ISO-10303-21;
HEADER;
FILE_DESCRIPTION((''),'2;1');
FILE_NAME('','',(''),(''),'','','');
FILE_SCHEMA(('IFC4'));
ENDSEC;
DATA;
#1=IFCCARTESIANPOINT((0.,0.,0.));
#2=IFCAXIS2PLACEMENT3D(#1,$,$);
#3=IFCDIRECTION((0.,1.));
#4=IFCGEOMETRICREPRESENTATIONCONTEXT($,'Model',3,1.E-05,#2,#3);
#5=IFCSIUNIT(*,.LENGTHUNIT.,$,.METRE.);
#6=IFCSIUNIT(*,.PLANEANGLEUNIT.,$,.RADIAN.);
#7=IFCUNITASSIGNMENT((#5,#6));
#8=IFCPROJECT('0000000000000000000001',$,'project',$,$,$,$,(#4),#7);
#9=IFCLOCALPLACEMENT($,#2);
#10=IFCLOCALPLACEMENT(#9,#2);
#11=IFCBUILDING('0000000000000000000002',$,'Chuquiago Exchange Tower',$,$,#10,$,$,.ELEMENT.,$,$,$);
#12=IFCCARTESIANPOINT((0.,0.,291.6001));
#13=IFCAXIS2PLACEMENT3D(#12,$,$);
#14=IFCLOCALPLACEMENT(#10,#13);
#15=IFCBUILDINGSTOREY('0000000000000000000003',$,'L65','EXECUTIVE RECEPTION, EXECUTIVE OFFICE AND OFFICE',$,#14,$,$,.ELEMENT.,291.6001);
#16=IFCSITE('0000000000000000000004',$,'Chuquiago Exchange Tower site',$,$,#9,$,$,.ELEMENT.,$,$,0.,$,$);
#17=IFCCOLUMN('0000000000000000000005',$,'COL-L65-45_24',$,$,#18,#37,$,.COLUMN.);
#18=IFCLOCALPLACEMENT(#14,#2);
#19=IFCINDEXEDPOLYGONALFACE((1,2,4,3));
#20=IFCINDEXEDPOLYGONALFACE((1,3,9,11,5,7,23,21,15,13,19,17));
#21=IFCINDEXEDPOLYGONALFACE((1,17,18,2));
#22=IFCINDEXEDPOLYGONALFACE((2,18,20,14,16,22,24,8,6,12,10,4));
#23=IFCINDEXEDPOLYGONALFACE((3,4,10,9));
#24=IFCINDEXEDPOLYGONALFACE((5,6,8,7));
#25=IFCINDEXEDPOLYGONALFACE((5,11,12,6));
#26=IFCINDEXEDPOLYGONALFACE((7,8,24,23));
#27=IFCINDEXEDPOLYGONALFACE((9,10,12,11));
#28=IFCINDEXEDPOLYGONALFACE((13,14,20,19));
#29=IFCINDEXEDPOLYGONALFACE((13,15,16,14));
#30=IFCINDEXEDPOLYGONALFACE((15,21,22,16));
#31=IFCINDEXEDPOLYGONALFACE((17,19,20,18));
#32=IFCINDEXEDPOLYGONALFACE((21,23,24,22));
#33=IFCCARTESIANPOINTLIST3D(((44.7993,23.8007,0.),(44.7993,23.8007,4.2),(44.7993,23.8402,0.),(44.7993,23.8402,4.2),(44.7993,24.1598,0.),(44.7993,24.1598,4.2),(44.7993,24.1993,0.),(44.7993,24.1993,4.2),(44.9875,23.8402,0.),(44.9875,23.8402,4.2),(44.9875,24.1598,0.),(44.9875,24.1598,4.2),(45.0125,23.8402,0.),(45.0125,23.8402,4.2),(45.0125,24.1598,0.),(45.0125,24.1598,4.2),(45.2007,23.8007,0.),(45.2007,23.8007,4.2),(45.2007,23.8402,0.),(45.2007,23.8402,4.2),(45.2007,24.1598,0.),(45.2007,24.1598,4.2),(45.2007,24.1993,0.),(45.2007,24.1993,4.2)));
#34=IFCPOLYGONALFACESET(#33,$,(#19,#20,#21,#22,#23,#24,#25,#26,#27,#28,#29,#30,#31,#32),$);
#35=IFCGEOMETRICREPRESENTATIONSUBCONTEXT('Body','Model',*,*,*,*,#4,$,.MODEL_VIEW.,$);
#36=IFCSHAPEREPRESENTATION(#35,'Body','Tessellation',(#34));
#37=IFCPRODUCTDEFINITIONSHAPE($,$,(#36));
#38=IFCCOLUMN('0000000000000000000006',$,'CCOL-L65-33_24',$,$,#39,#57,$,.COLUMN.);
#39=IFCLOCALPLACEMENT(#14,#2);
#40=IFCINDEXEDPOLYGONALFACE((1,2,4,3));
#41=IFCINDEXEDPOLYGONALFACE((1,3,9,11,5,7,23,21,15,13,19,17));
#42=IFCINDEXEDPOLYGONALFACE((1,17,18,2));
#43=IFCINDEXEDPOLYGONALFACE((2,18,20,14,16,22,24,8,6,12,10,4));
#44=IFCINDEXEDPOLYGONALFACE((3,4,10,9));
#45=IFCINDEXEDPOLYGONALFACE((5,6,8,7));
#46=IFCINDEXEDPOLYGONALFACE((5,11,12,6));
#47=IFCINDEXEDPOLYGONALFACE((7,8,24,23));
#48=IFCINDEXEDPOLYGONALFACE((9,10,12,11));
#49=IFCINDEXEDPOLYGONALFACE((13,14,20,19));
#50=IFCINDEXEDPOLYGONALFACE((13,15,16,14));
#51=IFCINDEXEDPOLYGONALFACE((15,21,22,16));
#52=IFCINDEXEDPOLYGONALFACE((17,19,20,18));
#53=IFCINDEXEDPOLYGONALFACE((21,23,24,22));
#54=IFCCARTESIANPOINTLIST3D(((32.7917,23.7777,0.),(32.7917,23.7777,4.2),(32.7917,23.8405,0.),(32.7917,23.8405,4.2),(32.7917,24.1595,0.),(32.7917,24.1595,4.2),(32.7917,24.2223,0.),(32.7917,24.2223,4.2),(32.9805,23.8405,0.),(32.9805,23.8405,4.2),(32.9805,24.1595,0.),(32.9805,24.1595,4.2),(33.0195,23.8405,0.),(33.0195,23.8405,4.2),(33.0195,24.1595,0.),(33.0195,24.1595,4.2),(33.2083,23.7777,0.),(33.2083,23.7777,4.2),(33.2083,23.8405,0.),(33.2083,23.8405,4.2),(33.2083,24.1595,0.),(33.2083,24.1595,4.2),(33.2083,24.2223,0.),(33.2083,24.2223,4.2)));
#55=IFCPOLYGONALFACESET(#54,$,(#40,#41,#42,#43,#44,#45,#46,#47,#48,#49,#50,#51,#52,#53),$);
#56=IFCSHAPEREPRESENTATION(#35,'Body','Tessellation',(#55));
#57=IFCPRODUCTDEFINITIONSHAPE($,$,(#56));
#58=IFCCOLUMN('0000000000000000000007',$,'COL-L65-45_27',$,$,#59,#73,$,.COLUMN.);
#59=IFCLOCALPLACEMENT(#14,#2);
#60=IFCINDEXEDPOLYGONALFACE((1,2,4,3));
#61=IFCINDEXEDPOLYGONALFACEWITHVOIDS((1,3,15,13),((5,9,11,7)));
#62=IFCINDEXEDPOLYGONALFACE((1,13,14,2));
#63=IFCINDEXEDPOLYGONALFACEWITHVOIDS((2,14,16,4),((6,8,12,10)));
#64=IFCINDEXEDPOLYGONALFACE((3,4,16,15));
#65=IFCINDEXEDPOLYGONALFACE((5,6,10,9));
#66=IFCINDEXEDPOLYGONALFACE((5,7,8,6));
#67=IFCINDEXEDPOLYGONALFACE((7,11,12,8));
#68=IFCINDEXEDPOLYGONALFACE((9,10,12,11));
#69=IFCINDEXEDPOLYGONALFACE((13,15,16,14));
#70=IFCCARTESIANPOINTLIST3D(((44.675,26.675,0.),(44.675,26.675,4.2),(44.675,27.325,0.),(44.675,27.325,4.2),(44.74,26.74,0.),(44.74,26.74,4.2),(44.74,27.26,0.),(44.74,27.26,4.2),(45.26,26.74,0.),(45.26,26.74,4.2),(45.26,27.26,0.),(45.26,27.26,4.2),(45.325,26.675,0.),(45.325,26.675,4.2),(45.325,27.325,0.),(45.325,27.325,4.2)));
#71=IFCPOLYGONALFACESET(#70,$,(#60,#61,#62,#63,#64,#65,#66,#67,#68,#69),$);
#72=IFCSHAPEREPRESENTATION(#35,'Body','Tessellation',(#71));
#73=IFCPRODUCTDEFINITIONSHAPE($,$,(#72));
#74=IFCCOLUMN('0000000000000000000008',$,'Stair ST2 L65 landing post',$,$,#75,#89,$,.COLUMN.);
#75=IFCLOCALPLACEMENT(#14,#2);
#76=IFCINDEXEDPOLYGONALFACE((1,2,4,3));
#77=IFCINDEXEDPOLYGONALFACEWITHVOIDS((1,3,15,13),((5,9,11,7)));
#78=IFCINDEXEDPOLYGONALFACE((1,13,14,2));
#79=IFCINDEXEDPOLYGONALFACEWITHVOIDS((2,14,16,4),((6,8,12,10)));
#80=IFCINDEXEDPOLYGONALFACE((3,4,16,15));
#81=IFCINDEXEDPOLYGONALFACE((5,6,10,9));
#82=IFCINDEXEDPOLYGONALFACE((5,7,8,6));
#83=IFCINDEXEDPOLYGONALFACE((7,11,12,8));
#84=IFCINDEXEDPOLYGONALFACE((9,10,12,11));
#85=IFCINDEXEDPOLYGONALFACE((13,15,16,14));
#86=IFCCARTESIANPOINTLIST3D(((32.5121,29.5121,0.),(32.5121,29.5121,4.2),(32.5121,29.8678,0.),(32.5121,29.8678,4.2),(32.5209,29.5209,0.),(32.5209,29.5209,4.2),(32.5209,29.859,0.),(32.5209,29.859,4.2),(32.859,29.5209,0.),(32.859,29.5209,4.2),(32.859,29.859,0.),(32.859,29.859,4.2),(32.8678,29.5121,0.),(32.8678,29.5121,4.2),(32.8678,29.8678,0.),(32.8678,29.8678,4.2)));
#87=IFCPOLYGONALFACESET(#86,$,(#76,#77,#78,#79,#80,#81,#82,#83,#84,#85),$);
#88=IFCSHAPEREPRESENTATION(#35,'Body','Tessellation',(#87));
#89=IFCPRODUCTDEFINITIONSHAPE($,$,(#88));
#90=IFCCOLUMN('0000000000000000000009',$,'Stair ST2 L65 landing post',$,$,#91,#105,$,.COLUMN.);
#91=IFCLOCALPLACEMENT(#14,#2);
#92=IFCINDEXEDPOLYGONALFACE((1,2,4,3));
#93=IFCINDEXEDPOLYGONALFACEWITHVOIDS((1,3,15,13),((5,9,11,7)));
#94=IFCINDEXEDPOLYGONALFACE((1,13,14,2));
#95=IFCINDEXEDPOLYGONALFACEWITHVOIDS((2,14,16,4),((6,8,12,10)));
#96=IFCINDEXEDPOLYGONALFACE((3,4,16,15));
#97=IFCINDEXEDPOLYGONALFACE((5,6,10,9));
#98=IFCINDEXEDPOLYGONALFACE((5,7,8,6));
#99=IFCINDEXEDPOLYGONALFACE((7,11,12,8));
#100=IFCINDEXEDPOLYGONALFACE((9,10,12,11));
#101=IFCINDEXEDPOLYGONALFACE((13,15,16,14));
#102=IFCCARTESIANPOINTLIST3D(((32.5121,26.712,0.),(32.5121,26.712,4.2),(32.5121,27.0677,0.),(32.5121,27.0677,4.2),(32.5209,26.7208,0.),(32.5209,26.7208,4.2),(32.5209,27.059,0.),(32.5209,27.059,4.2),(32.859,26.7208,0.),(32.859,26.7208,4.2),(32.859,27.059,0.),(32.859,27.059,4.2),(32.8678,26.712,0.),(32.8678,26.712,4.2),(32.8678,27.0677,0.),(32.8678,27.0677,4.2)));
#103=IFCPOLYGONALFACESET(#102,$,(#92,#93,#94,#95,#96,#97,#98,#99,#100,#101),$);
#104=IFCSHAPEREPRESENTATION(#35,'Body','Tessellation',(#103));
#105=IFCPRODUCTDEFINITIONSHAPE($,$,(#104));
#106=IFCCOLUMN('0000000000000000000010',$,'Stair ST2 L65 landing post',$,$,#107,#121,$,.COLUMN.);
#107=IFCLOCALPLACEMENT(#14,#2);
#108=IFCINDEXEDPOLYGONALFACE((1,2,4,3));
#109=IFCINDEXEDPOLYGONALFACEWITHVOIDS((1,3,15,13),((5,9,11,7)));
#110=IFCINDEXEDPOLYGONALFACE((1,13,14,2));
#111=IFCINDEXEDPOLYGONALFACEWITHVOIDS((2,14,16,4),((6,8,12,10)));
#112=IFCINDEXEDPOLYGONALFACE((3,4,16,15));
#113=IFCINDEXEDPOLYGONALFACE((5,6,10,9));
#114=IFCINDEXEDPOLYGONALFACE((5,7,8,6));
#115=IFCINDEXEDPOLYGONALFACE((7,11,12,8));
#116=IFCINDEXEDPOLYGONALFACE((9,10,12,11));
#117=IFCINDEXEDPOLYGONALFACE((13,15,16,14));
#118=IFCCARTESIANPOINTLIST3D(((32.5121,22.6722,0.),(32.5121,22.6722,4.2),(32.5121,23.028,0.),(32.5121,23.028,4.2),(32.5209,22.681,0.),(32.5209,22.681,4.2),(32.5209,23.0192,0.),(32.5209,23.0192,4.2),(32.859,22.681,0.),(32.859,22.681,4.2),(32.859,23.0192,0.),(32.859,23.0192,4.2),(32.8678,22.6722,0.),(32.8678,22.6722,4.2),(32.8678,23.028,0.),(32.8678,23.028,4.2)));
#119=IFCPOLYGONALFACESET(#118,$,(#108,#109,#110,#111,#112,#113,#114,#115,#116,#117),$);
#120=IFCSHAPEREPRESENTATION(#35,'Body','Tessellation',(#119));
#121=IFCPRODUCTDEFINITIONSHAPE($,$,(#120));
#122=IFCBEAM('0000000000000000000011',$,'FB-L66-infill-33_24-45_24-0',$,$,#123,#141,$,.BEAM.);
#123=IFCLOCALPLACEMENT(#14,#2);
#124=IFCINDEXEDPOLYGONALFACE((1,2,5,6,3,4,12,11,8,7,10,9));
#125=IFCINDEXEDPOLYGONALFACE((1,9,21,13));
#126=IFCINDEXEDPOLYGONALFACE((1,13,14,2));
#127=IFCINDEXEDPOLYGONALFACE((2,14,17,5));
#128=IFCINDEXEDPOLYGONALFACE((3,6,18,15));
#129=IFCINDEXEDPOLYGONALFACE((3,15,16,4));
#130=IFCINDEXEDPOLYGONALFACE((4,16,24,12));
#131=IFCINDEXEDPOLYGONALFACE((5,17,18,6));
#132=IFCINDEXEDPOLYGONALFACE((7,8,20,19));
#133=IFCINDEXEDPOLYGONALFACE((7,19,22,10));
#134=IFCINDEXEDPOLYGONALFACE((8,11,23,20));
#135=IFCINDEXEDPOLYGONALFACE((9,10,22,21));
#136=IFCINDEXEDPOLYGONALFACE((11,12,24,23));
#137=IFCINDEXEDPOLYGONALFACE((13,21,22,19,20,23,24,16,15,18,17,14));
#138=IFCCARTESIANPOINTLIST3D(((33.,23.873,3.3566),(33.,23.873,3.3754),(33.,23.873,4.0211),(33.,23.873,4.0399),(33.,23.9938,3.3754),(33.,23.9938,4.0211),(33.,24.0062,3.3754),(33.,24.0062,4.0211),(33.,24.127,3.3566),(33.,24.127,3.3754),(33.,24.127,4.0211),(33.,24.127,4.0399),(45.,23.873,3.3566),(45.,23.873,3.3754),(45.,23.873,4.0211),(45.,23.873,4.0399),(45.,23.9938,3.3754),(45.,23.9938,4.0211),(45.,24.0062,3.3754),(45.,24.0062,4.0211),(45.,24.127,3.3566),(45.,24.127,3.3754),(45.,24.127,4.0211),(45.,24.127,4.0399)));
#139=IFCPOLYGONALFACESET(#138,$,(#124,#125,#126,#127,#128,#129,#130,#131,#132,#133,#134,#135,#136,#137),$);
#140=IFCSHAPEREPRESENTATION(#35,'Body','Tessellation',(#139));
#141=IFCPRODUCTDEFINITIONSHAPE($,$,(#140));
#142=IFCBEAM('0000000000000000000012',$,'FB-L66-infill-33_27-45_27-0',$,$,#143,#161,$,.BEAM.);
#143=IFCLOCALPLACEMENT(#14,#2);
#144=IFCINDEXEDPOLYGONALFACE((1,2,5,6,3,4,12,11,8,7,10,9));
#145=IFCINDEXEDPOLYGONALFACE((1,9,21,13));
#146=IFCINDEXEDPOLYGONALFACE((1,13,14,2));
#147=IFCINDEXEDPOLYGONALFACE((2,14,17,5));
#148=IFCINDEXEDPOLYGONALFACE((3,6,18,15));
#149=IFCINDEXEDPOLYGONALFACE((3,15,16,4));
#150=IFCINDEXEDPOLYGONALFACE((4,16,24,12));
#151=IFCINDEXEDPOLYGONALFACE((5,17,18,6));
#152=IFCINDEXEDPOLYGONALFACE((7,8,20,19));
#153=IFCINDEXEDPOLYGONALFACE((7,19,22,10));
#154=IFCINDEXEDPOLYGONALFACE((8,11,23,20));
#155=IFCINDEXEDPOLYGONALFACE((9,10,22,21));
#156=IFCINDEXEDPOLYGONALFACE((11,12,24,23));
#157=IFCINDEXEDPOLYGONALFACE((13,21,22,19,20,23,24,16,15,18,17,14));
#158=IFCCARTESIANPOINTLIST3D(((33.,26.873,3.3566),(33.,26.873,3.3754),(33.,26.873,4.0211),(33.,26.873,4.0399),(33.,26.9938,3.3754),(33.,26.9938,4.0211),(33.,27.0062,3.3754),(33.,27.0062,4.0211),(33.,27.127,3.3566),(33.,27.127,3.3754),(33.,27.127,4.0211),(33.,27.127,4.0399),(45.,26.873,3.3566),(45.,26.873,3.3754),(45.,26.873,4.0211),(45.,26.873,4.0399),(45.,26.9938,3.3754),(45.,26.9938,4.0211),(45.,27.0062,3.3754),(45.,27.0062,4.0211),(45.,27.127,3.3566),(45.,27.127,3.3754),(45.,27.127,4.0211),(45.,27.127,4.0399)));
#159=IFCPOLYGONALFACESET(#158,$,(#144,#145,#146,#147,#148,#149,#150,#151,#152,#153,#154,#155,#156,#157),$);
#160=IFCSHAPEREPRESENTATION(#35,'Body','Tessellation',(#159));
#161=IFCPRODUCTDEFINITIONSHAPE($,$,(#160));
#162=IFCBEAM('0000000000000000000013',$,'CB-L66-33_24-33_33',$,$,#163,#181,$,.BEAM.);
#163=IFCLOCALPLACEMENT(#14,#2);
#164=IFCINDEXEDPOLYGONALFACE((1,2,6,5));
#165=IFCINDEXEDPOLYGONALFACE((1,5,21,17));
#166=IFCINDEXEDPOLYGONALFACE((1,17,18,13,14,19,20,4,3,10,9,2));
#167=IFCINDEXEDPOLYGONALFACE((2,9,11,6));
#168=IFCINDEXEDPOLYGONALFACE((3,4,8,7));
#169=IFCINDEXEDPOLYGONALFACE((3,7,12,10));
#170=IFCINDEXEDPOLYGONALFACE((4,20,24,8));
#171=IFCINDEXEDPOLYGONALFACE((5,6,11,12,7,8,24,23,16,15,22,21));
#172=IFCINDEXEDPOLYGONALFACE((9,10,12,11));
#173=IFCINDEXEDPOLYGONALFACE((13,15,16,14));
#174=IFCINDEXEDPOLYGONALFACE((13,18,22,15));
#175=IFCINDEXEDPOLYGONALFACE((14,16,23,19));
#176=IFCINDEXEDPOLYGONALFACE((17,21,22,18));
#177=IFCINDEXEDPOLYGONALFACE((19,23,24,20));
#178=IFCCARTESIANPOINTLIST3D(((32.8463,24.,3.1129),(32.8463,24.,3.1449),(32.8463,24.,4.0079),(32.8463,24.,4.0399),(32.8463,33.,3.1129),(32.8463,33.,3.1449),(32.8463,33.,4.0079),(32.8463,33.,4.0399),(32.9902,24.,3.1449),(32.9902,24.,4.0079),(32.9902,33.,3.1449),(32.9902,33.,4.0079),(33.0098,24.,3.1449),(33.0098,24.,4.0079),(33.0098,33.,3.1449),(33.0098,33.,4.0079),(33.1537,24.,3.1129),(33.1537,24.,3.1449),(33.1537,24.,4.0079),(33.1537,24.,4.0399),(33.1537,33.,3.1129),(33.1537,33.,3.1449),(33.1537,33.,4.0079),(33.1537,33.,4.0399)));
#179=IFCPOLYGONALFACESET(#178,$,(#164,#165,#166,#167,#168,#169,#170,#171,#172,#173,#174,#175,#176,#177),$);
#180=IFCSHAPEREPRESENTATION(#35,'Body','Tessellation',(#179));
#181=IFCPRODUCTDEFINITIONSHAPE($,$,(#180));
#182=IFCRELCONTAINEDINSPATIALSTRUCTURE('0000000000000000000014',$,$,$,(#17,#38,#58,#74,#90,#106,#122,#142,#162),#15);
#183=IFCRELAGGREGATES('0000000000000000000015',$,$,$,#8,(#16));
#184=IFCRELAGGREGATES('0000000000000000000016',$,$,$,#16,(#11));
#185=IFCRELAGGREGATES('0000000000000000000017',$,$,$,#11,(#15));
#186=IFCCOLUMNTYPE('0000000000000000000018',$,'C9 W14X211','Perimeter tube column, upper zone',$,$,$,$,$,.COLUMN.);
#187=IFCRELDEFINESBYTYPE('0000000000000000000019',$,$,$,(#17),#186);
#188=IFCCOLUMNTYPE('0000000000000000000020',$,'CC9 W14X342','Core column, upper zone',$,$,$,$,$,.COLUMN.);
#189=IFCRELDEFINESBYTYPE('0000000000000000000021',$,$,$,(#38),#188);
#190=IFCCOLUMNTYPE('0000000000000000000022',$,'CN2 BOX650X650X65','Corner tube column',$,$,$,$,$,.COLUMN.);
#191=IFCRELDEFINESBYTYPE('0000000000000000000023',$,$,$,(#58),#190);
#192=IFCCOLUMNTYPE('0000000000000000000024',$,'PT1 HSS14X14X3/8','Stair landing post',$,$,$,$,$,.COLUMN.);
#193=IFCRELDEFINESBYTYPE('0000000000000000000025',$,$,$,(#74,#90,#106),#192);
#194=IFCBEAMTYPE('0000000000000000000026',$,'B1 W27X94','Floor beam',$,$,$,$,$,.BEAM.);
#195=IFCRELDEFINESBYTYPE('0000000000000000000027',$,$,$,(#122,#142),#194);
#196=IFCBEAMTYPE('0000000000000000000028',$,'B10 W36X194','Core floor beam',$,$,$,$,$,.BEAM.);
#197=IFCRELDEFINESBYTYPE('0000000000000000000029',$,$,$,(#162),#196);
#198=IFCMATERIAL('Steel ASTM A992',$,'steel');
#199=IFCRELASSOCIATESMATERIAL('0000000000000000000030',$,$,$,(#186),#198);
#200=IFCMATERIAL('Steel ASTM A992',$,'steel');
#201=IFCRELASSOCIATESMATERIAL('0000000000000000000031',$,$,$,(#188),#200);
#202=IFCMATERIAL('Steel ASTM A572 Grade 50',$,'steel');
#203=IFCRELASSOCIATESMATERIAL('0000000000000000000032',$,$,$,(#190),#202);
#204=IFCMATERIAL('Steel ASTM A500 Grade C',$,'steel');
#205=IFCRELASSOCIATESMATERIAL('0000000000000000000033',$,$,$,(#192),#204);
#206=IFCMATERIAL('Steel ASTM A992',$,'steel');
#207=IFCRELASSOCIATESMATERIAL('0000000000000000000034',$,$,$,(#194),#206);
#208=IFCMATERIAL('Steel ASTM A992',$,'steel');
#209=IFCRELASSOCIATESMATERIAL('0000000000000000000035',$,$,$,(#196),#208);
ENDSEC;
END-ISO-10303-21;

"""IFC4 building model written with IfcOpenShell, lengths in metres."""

from ifc_helpers import new_model, si_unit, direction, frame, origin, origin_2d, place, context, subcontext, project, spatial, hollow_rectangle, i_section, extrude, material, material_profile, profile_set, type_object, element, save


model = new_model("IFC4")

# Units and contexts
model_context = context("Model", 3, precision=1e-05, world=origin(), true_north=direction((0.0, 1.0)))
body_context = subcontext(model_context, "Body", "Model", "MODEL_VIEW")
ifc_project = project(units=[si_unit("LENGTHUNIT", "METRE"), si_unit("PLANEANGLEUNIT", "RADIAN")], contexts=[model_context])

# Site, building, storey
site_placement = place(None, origin())
site = spatial("IfcSite", under=ifc_project, at=site_placement, Name="Chuquiago Exchange Tower site", CompositionType="ELEMENT", RefElevation=0.0)
building_placement = place(site_placement, origin())
building = spatial("IfcBuilding", under=site, at=building_placement, Name="Chuquiago Exchange Tower", CompositionType="ELEMENT")
storey_placement = place(building_placement, frame((0.0, 0.0, 291.6001)))
storey = spatial("IfcBuildingStorey", under=building, at=storey_placement, Name="L65", Description="EXECUTIVE RECEPTION, EXECUTIVE OFFICE AND OFFICE", CompositionType="ELEMENT", Elevation=291.6001)

# Columns
ifc_material_1 = material(Name="Steel ASTM A992", Category="steel")
ifc_material_profile_1 = material_profile(ifc_material_1, i_section(OverallWidth=0.4014, OverallDepth=0.3987, WebThickness=0.0249, FlangeThickness=0.0396, at=origin_2d()), Name="W14X211")
ifc_profile_set_1 = profile_set([ifc_material_profile_1], Name="Steel ASTM A992")
column_type_1 = type_object("IfcColumnType", Name="C9 W14X211", Description="Perimeter tube column, upper zone", PredefinedType="COLUMN", material=ifc_profile_set_1)
column_1_placement = place(storey_placement, frame((45.0, 24.0, 0.0), z_axis=(0.0, 0.0, 1.0), x_axis=(1.0, 0.0, 0.0)))
element("IfcColumn", 1, at=column_1_placement, inside=storey, type_object=column_type_1, Name="COL-L65-45_24", PredefinedType="COLUMN", context=body_context, shape_type="SweptSolid", body=[
    extrude(i_section(OverallWidth=0.4014, OverallDepth=0.3987, WebThickness=0.0249, FlangeThickness=0.0396, at=origin_2d()), origin(), (0.0, 0.0, 1.0), 4.2),
])
ifc_material_2 = material(Name="Steel ASTM A992", Category="steel")
ifc_material_profile_2 = material_profile(ifc_material_2, i_section(OverallWidth=0.4165, OverallDepth=0.4446, WebThickness=0.0391, FlangeThickness=0.0627, at=origin_2d()), Name="W14X342")
ifc_profile_set_2 = profile_set([ifc_material_profile_2], Name="Steel ASTM A992")
column_type_2 = type_object("IfcColumnType", Name="CC9 W14X342", Description="Core column, upper zone", PredefinedType="COLUMN", material=ifc_profile_set_2)
column_2_placement = place(storey_placement, frame((33.0, 24.0, 0.0), z_axis=(0.0, 0.0, 1.0), x_axis=(1.0, 0.0, 0.0)))
element("IfcColumn", 2, at=column_2_placement, inside=storey, type_object=column_type_2, Name="CCOL-L65-33_24", PredefinedType="COLUMN", context=body_context, shape_type="SweptSolid", body=[
    extrude(i_section(OverallWidth=0.4165, OverallDepth=0.4446, WebThickness=0.0391, FlangeThickness=0.0627, at=origin_2d()), origin(), (0.0, 0.0, 1.0), 4.2),
])
ifc_material_3 = material(Name="Steel ASTM A572 Grade 50", Category="steel")
ifc_material_profile_3 = material_profile(ifc_material_3, hollow_rectangle(XDim=0.6499, YDim=0.6499, WallThickness=0.0649, at=origin_2d()), Name="BOX650X650X65")
ifc_profile_set_3 = profile_set([ifc_material_profile_3], Name="Steel ASTM A572 Grade 50")
column_type_3 = type_object("IfcColumnType", Name="CN2 BOX650X650X65", Description="Corner tube column", PredefinedType="COLUMN", material=ifc_profile_set_3)
column_3_placement = place(storey_placement, frame((45.0, 27.0, 0.0), z_axis=(0.0, 0.0, 1.0), x_axis=(1.0, 0.0, 0.0)))
element("IfcColumn", 3, at=column_3_placement, inside=storey, type_object=column_type_3, Name="COL-L65-45_27", PredefinedType="COLUMN", context=body_context, shape_type="SweptSolid", body=[
    extrude(hollow_rectangle(XDim=0.6499, YDim=0.6499, WallThickness=0.0649, at=origin_2d()), origin(), (0.0, 0.0, 1.0), 4.2),
])
ifc_material_4 = material(Name="Steel ASTM A500 Grade C", Category="steel")
ifc_material_profile_4 = material_profile(ifc_material_4, hollow_rectangle(XDim=0.3557, YDim=0.3557, WallThickness=0.0088, at=origin_2d()), Name="HSS14X14X3/8")
ifc_profile_set_4 = profile_set([ifc_material_profile_4], Name="Steel ASTM A500 Grade C")
column_type_4 = type_object("IfcColumnType", Name="PT1 HSS14X14X3/8", Description="Stair landing post", PredefinedType="COLUMN", material=ifc_profile_set_4)
for number, where, z_axis, x_axis, name in (
    (4, (32.6899, 29.6899, 0.0), (0.0, 0.0, 1.0), (1.0, 0.0, 0.0), "Stair ST2 L65 landing post"),
    (5, (32.6899, 26.8899, 0.0), (0.0, 0.0, 1.0), (1.0, 0.0, 0.0), "Stair ST2 L65 landing post"),
    (6, (32.6899, 22.8501, 0.0), (0.0, 0.0, 1.0), (1.0, 0.0, 0.0), "Stair ST2 L65 landing post"),
):
    element("IfcColumn", number, at=place(storey_placement, frame(where, z_axis=z_axis, x_axis=x_axis)), inside=storey, type_object=column_type_4, Name=name, PredefinedType="COLUMN", context=body_context, shape_type="SweptSolid", body=[
        extrude(hollow_rectangle(XDim=0.3557, YDim=0.3557, WallThickness=0.0088, at=origin_2d()), origin(), (0.0, 0.0, 1.0), 4.2),
    ])

# Beams
ifc_material_5 = material(Name="Steel ASTM A992", Category="steel")
ifc_material_profile_5 = material_profile(ifc_material_5, i_section(OverallWidth=0.2539, OverallDepth=0.6833, WebThickness=0.0125, FlangeThickness=0.0188, at=origin_2d()), Name="W27X94")
ifc_profile_set_5 = profile_set([ifc_material_profile_5], Name="Steel ASTM A992")
beam_type_1 = type_object("IfcBeamType", Name="B1 W27X94", Description="Floor beam", PredefinedType="BEAM", material=ifc_profile_set_5)
for number, where, z_axis, x_axis, name in (
    (7, (33.0, 24.0, 3.6982), (1.0, 0.0, 0.0), (0.0, 1.0, 0.0), "FB-L66-infill-33_24-45_24-0"),
    (8, (33.0, 27.0, 3.6982), (1.0, 0.0, 0.0), (0.0, 1.0, 0.0), "FB-L66-infill-33_27-45_27-0"),
):
    element("IfcBeam", number, at=place(storey_placement, frame(where, z_axis=z_axis, x_axis=x_axis)), inside=storey, type_object=beam_type_1, Name=name, PredefinedType="BEAM", context=body_context, shape_type="SweptSolid", body=[
        extrude(i_section(OverallWidth=0.2539, OverallDepth=0.6833, WebThickness=0.0125, FlangeThickness=0.0188, at=origin_2d()), origin(), (0.0, 0.0, 1.0), 12.0),
    ])
ifc_material_6 = material(Name="Steel ASTM A992", Category="steel")
ifc_material_profile_6 = material_profile(ifc_material_6, i_section(OverallWidth=0.3074, OverallDepth=0.927, WebThickness=0.0195, FlangeThickness=0.032, at=origin_2d()), Name="W36X194")
ifc_profile_set_6 = profile_set([ifc_material_profile_6], Name="Steel ASTM A992")
beam_type_2 = type_object("IfcBeamType", Name="B10 W36X194", Description="Core floor beam", PredefinedType="BEAM", material=ifc_profile_set_6)
beam_1_placement = place(storey_placement, frame((33.0, 24.0, 3.5764), z_axis=(0.0, 1.0, 0.0), x_axis=(-1.0, 0.0, 0.0)))
element("IfcBeam", 9, at=beam_1_placement, inside=storey, type_object=beam_type_2, Name="CB-L66-33_24-33_33", PredefinedType="BEAM", context=body_context, shape_type="SweptSolid", body=[
    extrude(i_section(OverallWidth=0.3074, OverallDepth=0.927, WebThickness=0.0195, FlangeThickness=0.032, at=origin_2d()), origin(), (0.0, 0.0, 1.0), 9.0),
])

save(model, "model.ifc")
